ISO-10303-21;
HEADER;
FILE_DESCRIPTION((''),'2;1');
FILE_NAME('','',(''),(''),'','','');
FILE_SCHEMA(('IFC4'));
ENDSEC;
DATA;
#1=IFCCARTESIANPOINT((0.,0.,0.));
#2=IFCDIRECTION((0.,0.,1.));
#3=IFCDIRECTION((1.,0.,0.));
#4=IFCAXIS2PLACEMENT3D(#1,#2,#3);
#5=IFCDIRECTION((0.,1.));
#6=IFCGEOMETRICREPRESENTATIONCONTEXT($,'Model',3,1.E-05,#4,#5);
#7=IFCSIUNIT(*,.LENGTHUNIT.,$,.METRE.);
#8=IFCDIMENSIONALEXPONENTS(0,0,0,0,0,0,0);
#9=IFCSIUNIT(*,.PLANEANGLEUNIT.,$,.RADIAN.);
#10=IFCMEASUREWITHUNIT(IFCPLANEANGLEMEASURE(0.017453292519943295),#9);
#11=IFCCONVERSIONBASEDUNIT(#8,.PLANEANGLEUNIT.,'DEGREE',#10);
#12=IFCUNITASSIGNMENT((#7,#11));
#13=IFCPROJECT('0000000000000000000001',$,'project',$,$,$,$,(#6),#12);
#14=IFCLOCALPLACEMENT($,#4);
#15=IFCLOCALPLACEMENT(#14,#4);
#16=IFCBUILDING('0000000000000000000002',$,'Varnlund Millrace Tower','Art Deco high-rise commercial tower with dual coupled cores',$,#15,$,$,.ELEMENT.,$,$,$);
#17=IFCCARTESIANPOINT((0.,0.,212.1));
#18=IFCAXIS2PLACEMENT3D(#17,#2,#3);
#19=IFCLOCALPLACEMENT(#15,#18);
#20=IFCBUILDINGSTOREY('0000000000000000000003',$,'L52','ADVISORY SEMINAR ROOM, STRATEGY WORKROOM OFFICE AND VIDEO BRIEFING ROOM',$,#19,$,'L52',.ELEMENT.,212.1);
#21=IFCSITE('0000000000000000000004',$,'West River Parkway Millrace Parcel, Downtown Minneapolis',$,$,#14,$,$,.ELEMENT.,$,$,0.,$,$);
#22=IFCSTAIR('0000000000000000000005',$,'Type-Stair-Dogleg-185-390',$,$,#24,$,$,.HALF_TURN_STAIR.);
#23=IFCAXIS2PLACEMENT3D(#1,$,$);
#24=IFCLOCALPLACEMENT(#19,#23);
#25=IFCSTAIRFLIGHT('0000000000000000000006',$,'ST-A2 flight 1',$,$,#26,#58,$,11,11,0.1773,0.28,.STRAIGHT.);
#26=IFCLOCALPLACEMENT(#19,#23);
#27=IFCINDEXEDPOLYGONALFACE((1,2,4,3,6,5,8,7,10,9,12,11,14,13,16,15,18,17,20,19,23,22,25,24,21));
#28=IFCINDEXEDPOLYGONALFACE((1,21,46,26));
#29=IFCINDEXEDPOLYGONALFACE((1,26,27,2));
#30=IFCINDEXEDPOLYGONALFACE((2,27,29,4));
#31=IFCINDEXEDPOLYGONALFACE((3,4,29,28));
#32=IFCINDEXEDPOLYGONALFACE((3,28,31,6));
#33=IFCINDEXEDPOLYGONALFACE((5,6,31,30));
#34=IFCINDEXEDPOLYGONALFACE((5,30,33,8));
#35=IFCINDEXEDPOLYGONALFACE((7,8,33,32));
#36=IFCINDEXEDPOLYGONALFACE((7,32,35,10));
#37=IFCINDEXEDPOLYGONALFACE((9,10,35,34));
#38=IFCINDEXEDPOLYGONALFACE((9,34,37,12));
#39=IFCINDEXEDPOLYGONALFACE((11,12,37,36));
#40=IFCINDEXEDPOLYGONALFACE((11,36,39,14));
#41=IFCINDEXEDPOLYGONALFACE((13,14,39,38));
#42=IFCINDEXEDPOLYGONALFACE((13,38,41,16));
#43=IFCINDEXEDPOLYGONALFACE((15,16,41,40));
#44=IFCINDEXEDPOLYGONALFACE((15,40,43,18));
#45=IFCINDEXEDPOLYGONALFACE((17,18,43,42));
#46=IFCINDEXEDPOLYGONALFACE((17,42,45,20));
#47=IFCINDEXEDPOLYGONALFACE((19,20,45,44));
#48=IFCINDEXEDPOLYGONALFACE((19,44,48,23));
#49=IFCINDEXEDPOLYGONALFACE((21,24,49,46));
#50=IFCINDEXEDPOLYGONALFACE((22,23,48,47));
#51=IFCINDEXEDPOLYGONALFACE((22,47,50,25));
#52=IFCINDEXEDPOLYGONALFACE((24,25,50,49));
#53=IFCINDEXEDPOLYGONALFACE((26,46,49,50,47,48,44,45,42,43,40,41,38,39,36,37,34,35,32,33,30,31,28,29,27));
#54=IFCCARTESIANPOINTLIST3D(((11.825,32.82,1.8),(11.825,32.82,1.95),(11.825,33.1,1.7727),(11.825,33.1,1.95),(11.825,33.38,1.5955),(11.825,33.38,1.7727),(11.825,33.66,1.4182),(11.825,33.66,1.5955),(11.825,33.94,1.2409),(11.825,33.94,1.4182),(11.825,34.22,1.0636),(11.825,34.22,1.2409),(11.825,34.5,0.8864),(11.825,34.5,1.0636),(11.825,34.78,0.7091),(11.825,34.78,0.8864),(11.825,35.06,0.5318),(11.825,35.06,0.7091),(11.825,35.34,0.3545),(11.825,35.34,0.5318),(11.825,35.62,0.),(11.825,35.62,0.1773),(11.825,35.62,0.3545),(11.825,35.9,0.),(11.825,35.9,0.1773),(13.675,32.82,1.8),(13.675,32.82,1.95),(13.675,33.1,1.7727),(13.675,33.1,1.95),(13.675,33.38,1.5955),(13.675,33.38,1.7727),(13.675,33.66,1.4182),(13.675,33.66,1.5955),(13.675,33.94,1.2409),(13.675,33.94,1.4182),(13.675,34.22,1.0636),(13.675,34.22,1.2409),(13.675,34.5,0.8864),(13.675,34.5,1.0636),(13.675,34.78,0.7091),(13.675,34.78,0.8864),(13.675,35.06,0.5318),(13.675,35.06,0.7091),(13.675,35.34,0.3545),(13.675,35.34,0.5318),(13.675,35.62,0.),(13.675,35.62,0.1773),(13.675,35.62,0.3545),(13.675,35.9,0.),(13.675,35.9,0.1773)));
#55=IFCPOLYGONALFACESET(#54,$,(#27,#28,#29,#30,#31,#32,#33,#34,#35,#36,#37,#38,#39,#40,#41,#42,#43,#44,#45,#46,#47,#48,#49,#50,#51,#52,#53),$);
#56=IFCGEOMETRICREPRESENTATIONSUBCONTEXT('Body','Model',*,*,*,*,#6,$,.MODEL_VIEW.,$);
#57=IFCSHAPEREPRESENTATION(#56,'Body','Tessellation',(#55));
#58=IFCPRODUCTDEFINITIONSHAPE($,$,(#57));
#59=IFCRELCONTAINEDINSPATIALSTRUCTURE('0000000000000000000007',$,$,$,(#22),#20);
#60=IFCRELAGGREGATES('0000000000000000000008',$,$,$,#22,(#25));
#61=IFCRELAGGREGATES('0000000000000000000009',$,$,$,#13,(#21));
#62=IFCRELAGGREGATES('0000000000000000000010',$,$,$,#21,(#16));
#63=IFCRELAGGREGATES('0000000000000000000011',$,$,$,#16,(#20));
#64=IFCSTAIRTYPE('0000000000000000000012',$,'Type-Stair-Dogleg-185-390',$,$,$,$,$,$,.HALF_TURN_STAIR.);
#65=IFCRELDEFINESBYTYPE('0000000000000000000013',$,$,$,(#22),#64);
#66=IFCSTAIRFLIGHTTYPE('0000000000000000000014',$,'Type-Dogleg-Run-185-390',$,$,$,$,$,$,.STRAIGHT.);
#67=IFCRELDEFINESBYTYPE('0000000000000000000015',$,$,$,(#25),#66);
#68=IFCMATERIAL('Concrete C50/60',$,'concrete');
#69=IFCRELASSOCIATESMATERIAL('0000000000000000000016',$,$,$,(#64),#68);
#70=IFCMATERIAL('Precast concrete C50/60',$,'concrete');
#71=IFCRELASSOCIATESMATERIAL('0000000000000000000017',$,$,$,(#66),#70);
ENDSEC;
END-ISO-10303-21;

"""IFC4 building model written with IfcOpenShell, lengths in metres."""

from ifc_helpers import new_model, entity, si_unit, converted_unit, direction, frame, origin_with_axes, place, context, subcontext, project, spatial, polyline, outline, extrude, material, type_object, element, aggregate, save


model = new_model("IFC4")

# Units and contexts
model_context = context("Model", 3, precision=1e-05, world=origin_with_axes(), true_north=direction((0.0, 1.0)))
body_context = subcontext(model_context, "Body", "Model", "MODEL_VIEW")
ifc_project = project(units=[si_unit("LENGTHUNIT", "METRE"), converted_unit("PLANEANGLEUNIT", "DEGREE", entity("IfcPlaneAngleMeasure", 0.017453292519943295), si_unit("PLANEANGLEUNIT", "RADIAN"), dimensions=[0, 0, 0, 0, 0, 0, 0])], contexts=[model_context])

# Site, building, storey
site_placement = place(None, origin_with_axes())
site = spatial("IfcSite", under=ifc_project, at=site_placement, Name="West River Parkway Millrace Parcel, Downtown Minneapolis", CompositionType="ELEMENT", RefElevation=0.0)
building_placement = place(site_placement, origin_with_axes())
building = spatial("IfcBuilding", under=site, at=building_placement, Name="Varnlund Millrace Tower", Description="Art Deco high-rise commercial tower with dual coupled cores", CompositionType="ELEMENT")
storey_placement = place(building_placement, frame((0.0, 0.0, 212.1), z_axis=(0.0, 0.0, 1.0), x_axis=(1.0, 0.0, 0.0)))
storey = spatial("IfcBuildingStorey", under=building, at=storey_placement, Name="L52", Description="ADVISORY SEMINAR ROOM, STRATEGY WORKROOM OFFICE AND VIDEO BRIEFING ROOM", LongName="L52", CompositionType="ELEMENT", Elevation=212.1)

# Stair, stair flight
ifc_material_1 = material(Name="Concrete C50/60", Category="concrete")
ifc_material_2 = material(Name="Precast concrete C50/60", Category="concrete")
stair_type_1 = type_object("IfcStairType", Name="Type-Stair-Dogleg-185-390", PredefinedType="HALF_TURN_STAIR", material=ifc_material_1)
stair_1_placement = place(storey_placement, origin_with_axes())
stair_1 = element("IfcStair", 1, at=stair_1_placement, inside=storey, type_object=stair_type_1, Name="Type-Stair-Dogleg-185-390", PredefinedType="HALF_TURN_STAIR")
stair_flight_type_1 = type_object("IfcStairFlightType", Name="Type-Dogleg-Run-185-390", PredefinedType="STRAIGHT", material=ifc_material_2)
stair_flight_1_placement = place(storey_placement, frame((13.675, 35.9, 0.0), z_axis=(-1.0, 0.0, 0.0), x_axis=(0.0, -1.0, 0.0)))
stair_flight_1 = element("IfcStairFlight", 2, at=stair_flight_1_placement, type_object=stair_flight_type_1, Name="ST-A2 flight 1", NumberOfRisers=11, NumberOfTreads=11, PredefinedType="STRAIGHT", RiserHeight=0.1773, TreadLength=0.28, context=body_context, shape_type="SweptSolid", body=[
    extrude(outline(polyline([(0.0, 0.0), (0.0, 0.1773), (0.28, 0.1773), (0.28, 0.3545), (0.56, 0.3545), (0.56, 0.5318), (0.84, 0.5318), (0.84, 0.7091), (1.12, 0.7091), (1.12, 0.8864), (1.4, 0.8864), (1.4, 1.0636), (1.68, 1.0636), (1.68, 1.2409), (1.96, 1.2409), (1.96, 1.4182), (2.24, 1.4182), (2.24, 1.5955), (2.52, 1.5955), (2.52, 1.7727), (2.8, 1.7727), (2.8, 1.95), (3.08, 1.95), (3.08, 1.8), (0.28, 0.0), (0.0, 0.0)])), origin_with_axes(), (0.0, 0.0, 1.0), 1.85),
])
aggregate(stair_1, [stair_flight_1])

save(model, "model.ifc")
